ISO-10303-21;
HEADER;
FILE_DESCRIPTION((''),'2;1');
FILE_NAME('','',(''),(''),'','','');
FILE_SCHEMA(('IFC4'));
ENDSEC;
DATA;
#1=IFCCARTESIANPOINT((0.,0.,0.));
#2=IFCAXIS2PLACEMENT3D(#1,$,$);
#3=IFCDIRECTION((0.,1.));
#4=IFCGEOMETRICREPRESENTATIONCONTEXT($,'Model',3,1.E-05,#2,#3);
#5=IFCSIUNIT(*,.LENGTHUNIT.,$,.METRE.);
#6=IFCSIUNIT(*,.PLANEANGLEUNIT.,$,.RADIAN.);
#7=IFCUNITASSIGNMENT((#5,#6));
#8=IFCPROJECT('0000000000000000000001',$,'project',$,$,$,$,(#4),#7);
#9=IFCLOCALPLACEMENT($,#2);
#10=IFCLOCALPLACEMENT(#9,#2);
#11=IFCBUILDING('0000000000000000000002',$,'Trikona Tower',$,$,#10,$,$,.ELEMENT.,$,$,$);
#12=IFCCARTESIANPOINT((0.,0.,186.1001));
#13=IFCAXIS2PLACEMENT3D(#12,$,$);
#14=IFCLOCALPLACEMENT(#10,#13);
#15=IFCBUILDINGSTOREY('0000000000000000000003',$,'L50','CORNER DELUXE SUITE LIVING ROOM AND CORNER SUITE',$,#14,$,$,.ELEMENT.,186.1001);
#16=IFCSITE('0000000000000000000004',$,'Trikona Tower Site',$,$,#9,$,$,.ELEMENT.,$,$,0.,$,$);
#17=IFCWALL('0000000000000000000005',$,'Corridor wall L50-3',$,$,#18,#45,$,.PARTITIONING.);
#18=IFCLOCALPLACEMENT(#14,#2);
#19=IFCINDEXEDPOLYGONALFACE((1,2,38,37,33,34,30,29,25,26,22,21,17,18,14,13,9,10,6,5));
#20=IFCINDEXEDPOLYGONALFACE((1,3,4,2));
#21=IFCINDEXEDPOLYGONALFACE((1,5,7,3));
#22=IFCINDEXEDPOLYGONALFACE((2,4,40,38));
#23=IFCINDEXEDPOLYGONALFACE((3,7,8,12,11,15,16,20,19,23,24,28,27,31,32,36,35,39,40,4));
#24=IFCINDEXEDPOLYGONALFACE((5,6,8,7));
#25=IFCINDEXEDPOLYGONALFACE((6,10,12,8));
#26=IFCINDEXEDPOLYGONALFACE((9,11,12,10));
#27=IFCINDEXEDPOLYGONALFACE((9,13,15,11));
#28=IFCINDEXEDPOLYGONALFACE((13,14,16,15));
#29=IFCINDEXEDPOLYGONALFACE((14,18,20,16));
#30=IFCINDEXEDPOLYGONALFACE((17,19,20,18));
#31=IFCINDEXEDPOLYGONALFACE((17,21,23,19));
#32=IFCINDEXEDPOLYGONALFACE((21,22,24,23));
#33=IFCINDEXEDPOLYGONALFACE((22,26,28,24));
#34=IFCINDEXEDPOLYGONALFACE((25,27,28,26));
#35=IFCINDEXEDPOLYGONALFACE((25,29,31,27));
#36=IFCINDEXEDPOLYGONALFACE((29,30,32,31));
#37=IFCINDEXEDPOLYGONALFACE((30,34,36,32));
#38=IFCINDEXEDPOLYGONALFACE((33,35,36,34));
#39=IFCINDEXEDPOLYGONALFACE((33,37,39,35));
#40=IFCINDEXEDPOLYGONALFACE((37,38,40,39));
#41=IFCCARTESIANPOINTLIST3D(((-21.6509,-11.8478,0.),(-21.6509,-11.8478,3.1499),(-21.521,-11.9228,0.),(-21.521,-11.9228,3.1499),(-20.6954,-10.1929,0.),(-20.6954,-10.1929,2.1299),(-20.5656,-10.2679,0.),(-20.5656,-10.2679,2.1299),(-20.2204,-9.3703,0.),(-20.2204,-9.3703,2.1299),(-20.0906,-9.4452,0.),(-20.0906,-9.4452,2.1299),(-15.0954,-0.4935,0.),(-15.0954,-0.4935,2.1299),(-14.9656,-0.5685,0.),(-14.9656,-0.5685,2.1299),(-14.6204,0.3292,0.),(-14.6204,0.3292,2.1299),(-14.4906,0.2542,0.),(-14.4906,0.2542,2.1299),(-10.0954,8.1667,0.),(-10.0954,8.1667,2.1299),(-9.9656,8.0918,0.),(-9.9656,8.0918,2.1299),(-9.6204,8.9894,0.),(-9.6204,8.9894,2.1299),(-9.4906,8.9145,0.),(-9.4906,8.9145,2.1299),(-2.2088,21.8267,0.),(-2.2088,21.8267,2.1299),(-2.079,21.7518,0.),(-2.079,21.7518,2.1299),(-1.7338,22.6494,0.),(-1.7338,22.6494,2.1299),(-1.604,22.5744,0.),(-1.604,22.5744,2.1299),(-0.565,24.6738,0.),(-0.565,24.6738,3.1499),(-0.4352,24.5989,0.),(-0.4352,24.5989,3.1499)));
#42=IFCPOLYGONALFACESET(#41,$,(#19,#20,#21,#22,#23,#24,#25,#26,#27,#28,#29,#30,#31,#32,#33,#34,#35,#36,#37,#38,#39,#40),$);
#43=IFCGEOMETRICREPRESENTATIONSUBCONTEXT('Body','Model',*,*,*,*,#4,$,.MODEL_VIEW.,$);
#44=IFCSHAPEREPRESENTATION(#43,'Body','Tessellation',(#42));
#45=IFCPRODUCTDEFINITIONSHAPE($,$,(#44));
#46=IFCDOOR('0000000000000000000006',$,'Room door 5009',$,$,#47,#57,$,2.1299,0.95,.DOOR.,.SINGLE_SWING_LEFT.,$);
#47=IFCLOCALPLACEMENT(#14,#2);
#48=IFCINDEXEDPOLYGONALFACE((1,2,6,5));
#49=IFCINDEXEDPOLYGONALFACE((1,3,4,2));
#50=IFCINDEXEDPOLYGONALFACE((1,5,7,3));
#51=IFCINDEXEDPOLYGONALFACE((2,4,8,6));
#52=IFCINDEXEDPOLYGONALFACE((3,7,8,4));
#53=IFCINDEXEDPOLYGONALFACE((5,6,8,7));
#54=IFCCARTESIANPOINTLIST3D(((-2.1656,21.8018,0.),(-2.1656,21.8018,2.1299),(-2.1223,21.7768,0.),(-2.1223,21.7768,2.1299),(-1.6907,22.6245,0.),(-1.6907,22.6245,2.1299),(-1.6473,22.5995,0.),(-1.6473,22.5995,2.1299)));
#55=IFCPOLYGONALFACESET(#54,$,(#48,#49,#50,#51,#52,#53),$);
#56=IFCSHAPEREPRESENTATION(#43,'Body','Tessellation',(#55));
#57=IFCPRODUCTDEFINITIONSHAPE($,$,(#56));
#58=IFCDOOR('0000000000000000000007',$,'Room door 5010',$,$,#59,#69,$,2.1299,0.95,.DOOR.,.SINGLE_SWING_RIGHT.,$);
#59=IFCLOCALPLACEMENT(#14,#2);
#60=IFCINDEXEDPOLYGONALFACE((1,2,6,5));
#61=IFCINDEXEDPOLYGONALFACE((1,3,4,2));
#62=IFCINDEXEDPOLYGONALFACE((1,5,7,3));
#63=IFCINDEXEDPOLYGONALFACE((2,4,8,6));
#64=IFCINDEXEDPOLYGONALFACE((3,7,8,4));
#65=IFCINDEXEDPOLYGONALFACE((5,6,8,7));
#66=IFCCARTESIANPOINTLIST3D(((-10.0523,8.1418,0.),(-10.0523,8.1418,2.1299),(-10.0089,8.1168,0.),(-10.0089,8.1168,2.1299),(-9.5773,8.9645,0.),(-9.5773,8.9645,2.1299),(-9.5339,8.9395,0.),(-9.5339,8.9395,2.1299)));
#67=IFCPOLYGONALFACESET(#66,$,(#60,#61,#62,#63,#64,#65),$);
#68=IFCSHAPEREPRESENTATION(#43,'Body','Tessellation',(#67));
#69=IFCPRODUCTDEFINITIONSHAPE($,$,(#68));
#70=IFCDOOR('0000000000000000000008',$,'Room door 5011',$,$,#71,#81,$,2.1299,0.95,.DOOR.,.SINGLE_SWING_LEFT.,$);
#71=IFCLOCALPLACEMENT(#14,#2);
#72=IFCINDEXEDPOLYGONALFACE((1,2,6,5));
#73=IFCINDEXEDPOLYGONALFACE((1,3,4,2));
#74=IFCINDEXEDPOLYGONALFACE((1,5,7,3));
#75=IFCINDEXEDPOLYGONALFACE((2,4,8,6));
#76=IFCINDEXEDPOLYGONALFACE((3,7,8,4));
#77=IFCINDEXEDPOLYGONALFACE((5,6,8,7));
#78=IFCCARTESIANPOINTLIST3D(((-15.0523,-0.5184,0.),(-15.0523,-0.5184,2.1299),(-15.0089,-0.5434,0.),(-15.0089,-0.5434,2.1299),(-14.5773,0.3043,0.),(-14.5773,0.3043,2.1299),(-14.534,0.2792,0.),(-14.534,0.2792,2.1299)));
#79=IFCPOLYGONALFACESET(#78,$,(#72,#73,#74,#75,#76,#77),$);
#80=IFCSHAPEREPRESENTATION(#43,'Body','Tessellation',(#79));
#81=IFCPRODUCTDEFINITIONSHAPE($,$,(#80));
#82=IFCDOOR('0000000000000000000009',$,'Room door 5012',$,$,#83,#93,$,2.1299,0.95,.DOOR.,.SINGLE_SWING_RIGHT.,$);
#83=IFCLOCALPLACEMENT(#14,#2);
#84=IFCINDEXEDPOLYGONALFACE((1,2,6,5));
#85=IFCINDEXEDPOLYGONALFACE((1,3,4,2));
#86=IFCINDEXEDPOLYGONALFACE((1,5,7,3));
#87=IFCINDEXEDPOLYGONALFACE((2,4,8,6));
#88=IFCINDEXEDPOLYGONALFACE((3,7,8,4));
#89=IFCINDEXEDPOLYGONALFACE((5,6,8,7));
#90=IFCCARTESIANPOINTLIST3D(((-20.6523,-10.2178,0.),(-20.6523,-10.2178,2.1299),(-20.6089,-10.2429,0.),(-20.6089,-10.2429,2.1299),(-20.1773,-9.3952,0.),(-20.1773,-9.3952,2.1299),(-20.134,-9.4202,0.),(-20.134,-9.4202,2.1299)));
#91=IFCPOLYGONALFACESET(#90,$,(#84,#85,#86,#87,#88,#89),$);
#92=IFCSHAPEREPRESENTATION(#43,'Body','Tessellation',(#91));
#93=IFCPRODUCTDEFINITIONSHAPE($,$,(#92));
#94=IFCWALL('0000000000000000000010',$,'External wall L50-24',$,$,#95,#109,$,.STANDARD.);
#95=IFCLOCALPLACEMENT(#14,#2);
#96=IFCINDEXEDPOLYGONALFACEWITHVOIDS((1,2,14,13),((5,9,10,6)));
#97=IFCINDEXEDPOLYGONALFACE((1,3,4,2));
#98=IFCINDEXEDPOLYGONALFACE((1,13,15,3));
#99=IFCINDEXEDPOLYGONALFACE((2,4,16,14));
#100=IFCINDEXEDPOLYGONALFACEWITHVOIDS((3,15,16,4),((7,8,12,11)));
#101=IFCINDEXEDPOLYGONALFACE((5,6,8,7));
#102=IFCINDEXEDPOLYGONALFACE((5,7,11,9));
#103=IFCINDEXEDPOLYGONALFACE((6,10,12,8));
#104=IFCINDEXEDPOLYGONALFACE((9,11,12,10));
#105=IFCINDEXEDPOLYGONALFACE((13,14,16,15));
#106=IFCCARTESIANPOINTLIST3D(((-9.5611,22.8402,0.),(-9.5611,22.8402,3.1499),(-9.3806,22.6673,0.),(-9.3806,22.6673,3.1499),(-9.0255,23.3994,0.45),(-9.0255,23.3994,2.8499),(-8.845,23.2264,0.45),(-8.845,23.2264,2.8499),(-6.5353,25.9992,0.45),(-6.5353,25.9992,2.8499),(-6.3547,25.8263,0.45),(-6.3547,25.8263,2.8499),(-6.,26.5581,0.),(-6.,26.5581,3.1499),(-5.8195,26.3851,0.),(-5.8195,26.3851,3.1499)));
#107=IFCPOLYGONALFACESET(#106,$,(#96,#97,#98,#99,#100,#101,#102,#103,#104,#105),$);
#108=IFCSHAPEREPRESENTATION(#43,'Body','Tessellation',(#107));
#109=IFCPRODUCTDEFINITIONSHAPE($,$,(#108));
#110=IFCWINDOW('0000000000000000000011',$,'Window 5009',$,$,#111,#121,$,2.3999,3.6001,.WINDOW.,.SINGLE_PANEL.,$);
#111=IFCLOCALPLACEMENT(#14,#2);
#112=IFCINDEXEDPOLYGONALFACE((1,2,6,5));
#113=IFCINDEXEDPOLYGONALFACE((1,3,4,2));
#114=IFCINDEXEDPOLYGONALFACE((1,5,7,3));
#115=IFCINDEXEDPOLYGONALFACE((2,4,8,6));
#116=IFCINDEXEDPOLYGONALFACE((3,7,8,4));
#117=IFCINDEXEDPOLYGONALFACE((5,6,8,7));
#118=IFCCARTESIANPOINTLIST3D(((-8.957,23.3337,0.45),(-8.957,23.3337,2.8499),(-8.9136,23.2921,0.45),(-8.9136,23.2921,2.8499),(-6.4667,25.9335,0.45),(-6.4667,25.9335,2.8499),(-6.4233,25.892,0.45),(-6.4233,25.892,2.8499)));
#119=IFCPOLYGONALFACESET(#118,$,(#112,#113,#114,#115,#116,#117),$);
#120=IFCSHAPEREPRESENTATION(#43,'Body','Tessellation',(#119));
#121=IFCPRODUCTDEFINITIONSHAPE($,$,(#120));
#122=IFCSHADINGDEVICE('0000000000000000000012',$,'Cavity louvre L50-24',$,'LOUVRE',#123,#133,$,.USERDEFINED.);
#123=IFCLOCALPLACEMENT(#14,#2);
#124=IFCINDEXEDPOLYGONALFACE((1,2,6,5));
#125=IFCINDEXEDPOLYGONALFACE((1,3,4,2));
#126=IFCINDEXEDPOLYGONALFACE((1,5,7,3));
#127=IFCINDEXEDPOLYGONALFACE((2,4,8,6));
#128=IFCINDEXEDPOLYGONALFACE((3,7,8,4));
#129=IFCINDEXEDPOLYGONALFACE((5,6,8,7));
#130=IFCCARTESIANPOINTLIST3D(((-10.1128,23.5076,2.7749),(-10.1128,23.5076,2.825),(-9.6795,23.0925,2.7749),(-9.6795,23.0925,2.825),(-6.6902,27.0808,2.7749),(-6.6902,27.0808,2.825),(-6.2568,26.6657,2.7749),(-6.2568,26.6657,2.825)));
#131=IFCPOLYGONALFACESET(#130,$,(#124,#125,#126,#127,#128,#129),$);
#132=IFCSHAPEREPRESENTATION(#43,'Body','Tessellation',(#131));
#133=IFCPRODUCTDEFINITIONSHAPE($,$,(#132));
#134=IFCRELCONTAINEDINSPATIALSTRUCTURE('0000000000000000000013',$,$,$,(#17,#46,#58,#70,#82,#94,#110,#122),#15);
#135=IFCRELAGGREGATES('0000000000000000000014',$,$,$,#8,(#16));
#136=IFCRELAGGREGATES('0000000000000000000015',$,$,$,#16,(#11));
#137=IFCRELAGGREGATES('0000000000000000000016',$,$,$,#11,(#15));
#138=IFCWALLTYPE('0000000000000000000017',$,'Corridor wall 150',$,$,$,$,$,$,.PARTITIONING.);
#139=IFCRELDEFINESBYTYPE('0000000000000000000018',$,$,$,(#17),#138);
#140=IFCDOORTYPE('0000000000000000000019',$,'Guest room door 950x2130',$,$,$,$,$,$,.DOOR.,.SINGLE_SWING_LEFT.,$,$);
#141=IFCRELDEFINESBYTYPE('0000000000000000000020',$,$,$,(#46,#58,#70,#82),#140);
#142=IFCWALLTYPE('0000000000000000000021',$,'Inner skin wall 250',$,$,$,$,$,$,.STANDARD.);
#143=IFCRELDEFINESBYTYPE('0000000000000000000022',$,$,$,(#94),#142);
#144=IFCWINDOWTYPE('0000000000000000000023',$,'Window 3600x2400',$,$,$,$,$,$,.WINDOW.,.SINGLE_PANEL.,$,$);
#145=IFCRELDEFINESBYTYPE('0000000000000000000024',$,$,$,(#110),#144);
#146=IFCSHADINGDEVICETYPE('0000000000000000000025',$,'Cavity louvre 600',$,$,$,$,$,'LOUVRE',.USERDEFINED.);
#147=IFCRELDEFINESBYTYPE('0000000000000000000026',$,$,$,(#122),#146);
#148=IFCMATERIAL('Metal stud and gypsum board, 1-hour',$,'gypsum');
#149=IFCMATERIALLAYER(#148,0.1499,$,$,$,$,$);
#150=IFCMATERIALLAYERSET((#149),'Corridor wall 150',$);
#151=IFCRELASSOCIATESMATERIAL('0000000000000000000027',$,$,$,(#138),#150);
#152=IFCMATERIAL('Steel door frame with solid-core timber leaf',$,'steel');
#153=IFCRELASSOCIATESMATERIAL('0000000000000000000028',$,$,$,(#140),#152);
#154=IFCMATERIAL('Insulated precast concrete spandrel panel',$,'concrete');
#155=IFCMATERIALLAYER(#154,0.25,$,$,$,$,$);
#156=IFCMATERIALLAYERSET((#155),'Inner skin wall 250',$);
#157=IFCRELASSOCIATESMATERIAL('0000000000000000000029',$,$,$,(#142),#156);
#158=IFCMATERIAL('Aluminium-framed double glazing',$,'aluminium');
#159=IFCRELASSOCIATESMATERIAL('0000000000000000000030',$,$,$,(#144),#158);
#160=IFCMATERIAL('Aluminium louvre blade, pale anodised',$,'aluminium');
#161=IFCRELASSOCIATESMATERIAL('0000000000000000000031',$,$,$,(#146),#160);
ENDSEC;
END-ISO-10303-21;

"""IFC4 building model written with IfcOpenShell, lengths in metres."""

from ifc_helpers import new_model, si_unit, direction, frame, frame_2d, origin, origin_2d, place, context, subcontext, project, spatial, rectangle, extrude, material, layer, layer_set, type_object, element, fill, save


model = new_model("IFC4")

# Units and contexts
model_context = context("Model", 3, precision=1e-05, world=origin(), true_north=direction((0.0, 1.0)))
body_context = subcontext(model_context, "Body", "Model", "MODEL_VIEW")
ifc_project = project(units=[si_unit("LENGTHUNIT", "METRE"), si_unit("PLANEANGLEUNIT", "RADIAN")], contexts=[model_context])

# Site, building, storey
site_placement = place(None, origin())
site = spatial("IfcSite", under=ifc_project, at=site_placement, Name="Trikona Tower Site", CompositionType="ELEMENT", RefElevation=0.0)
building_placement = place(site_placement, origin())
building = spatial("IfcBuilding", under=site, at=building_placement, Name="Trikona Tower", CompositionType="ELEMENT")
storey_placement = place(building_placement, frame((0.0, 0.0, 186.1001)))
storey = spatial("IfcBuildingStorey", under=building, at=storey_placement, Name="L50", Description="CORNER DELUXE SUITE LIVING ROOM AND CORNER SUITE", CompositionType="ELEMENT", Elevation=186.1001)

# Wall, openings, doors
ifc_material_1 = material(Name="Metal stud and gypsum board, 1-hour", Category="gypsum")
ifc_layer_1 = layer(ifc_material_1, 0.1499)
ifc_layer_set_1 = layer_set([ifc_layer_1], Name="Corridor wall 150")
wall_type_1 = type_object("IfcWallType", Name="Corridor wall 150", PredefinedType="PARTITIONING", material=ifc_layer_set_1)
wall_1_placement = place(storey_placement, frame((-0.5, 24.6365, 0.0), z_axis=(0.0, 0.0, 1.0), x_axis=(-0.500002, -0.866024, 0.0)))
wall_1 = element("IfcWall", 1, at=wall_1_placement, inside=storey, type_object=wall_type_1, Name="Corridor wall L50-3", PredefinedType="PARTITIONING", context=body_context, shape_type="SweptSolid", body=[
    extrude(rectangle(XDim=42.1716, YDim=0.1499, at=frame_2d((21.0859, 0.0))), origin(), (0.0, 0.0, 1.0), 3.1499),
])
opening_1_placement = place(wall_1_placement, frame((2.3376, 0.0, 0.0)))
opening_1 = element("IfcOpeningElement", 2, at=opening_1_placement, cuts=wall_1, PredefinedType="OPENING", context=body_context, shape_type="SweptSolid", body=[
    extrude(rectangle(XDim=0.95, YDim=2.1299, at=frame_2d((0.4751, 1.0649))), frame((0.0, 0.085, 0.0), z_axis=(0.0, -1.0, 0.0), x_axis=(1.0, 0.0, 0.0)), (0.0, 0.0, 1.0), 0.1699),
])
opening_2_placement = place(wall_1_placement, frame((18.1108, 0.0, 0.0)))
opening_2 = element("IfcOpeningElement", 3, at=opening_2_placement, cuts=wall_1, PredefinedType="OPENING", context=body_context, shape_type="SweptSolid", body=[
    extrude(rectangle(XDim=0.95, YDim=2.1299, at=frame_2d((0.4751, 1.0649))), frame((0.0, 0.085, 0.0), z_axis=(0.0, -1.0, 0.0), x_axis=(1.0, 0.0, 0.0)), (0.0, 0.0, 1.0), 0.1699),
])
opening_3_placement = place(wall_1_placement, frame((28.1108, 0.0, 0.0)))
opening_3 = element("IfcOpeningElement", 4, at=opening_3_placement, cuts=wall_1, PredefinedType="OPENING", context=body_context, shape_type="SweptSolid", body=[
    extrude(rectangle(XDim=0.95, YDim=2.1299, at=frame_2d((0.4751, 1.0649))), frame((0.0, 0.085, 0.0), z_axis=(0.0, -1.0, 0.0), x_axis=(1.0, 0.0, 0.0)), (0.0, 0.0, 1.0), 0.1699),
])
opening_4_placement = place(wall_1_placement, frame((39.3108, 0.0, 0.0)))
opening_4 = element("IfcOpeningElement", 5, at=opening_4_placement, cuts=wall_1, PredefinedType="OPENING", context=body_context, shape_type="SweptSolid", body=[
    extrude(rectangle(XDim=0.95, YDim=2.1299, at=frame_2d((0.4751, 1.0649))), frame((0.0, 0.085, 0.0), z_axis=(0.0, -1.0, 0.0), x_axis=(1.0, 0.0, 0.0)), (0.0, 0.0, 1.0), 0.1699),
])
ifc_material_2 = material(Name="Steel door frame with solid-core timber leaf", Category="steel")
door_type = type_object("IfcDoorType", Name="Guest room door 950x2130", OperationType="SINGLE_SWING_LEFT", PredefinedType="DOOR", material=ifc_material_2)
door_1_placement = place(opening_1_placement, origin())
door_1 = element("IfcDoor", 6, at=door_1_placement, inside=storey, type_object=door_type, Name="Room door 5009", OperationType="SINGLE_SWING_LEFT", OverallHeight=2.1299, OverallWidth=0.95, PredefinedType="DOOR", context=body_context, shape_type="SweptSolid", body=[
    extrude(rectangle(XDim=0.95, YDim=2.1299, at=frame_2d((0.4751, 1.0649))), frame((0.0, 0.0249, 0.0), z_axis=(0.0, -1.0, 0.0), x_axis=(1.0, 0.0, 0.0)), (0.0, 0.0, 1.0), 0.05),
])
fill(opening_1, door_1)
door_2_placement = place(opening_2_placement, origin())
door_2 = element("IfcDoor", 7, at=door_2_placement, inside=storey, type_object=door_type, Name="Room door 5010", OperationType="SINGLE_SWING_RIGHT", OverallHeight=2.1299, OverallWidth=0.95, PredefinedType="DOOR", context=body_context, shape_type="SweptSolid", body=[
    extrude(rectangle(XDim=0.95, YDim=2.1299, at=frame_2d((0.4751, 1.0649))), frame((0.0, 0.0249, 0.0), z_axis=(0.0, -1.0, 0.0), x_axis=(1.0, 0.0, 0.0)), (0.0, 0.0, 1.0), 0.05),
])
fill(opening_2, door_2)
door_3_placement = place(opening_3_placement, origin())
door_3 = element("IfcDoor", 8, at=door_3_placement, inside=storey, type_object=door_type, Name="Room door 5011", OperationType="SINGLE_SWING_LEFT", OverallHeight=2.1299, OverallWidth=0.95, PredefinedType="DOOR", context=body_context, shape_type="SweptSolid", body=[
    extrude(rectangle(XDim=0.95, YDim=2.1299, at=frame_2d((0.4751, 1.0649))), frame((0.0, 0.0249, 0.0), z_axis=(0.0, -1.0, 0.0), x_axis=(1.0, 0.0, 0.0)), (0.0, 0.0, 1.0), 0.05),
])
fill(opening_3, door_3)
door_4_placement = place(opening_4_placement, origin())
door_4 = element("IfcDoor", 9, at=door_4_placement, inside=storey, type_object=door_type, Name="Room door 5012", OperationType="SINGLE_SWING_RIGHT", OverallHeight=2.1299, OverallWidth=0.95, PredefinedType="DOOR", context=body_context, shape_type="SweptSolid", body=[
    extrude(rectangle(XDim=0.95, YDim=2.1299, at=frame_2d((0.4751, 1.0649))), frame((0.0, 0.0249, 0.0), z_axis=(0.0, -1.0, 0.0), x_axis=(1.0, 0.0, 0.0)), (0.0, 0.0, 1.0), 0.05),
])
fill(opening_4, door_4)

# Wall, opening, window
ifc_material_3 = material(Name="Insulated precast concrete spandrel panel", Category="concrete")
ifc_layer_2 = layer(ifc_material_3, 0.25)
ifc_layer_set_2 = layer_set([ifc_layer_2], Name="Inner skin wall 250")
wall_type_2 = type_object("IfcWallType", Name="Inner skin wall 250", PredefinedType="STANDARD", material=ifc_layer_set_2)
wall_2_placement = place(storey_placement, frame((-5.9097, 26.4717, 0.0), z_axis=(0.0, 0.0, 1.0), x_axis=(-0.69172, -0.722166, 0.0)))
wall_2 = element("IfcWall", 10, at=wall_2_placement, inside=storey, type_object=wall_type_2, Name="External wall L50-24", PredefinedType="STANDARD", context=body_context, shape_type="SweptSolid", body=[
    extrude(rectangle(XDim=5.1482, YDim=0.25, at=frame_2d((2.5742, 0.0))), origin(), (0.0, 0.0, 1.0), 3.1499),
])
opening_5_placement = place(wall_2_placement, frame((0.7739, 0.0, 0.45)))
opening_5 = element("IfcOpeningElement", 11, at=opening_5_placement, cuts=wall_2, PredefinedType="OPENING", context=body_context, shape_type="SweptSolid", body=[
    extrude(rectangle(XDim=3.6001, YDim=2.3999, at=frame_2d((1.8, 1.2))), frame((0.0, 0.135, 0.0), z_axis=(0.0, -1.0, 0.0), x_axis=(1.0, 0.0, 0.0)), (0.0, 0.0, 1.0), 0.27),
])
ifc_material_4 = material(Name="Aluminium-framed double glazing", Category="aluminium")
window_type_1 = type_object("IfcWindowType", Name="Window 3600x2400", PartitioningType="SINGLE_PANEL", PredefinedType="WINDOW", material=ifc_material_4)
window_1_placement = place(opening_5_placement, origin())
window_1 = element("IfcWindow", 12, at=window_1_placement, inside=storey, type_object=window_type_1, Name="Window 5009", OverallHeight=2.3999, OverallWidth=3.6001, PartitioningType="SINGLE_PANEL", PredefinedType="WINDOW", context=body_context, shape_type="SweptSolid", body=[
    extrude(rectangle(XDim=3.6001, YDim=2.3999, at=frame_2d((1.8, 1.2))), frame((0.0, 0.03, 0.0), z_axis=(0.0, -1.0, 0.0), x_axis=(1.0, 0.0, 0.0)), (0.0, 0.0, 1.0), 0.0601),
])
fill(opening_5, window_1)

# Shading device
ifc_material_5 = material(Name="Aluminium louvre blade, pale anodised", Category="aluminium")
shading_device_type = type_object("IfcShadingDeviceType", Name="Cavity louvre 600", ElementType="LOUVRE", PredefinedType="USERDEFINED", material=ifc_material_5)
shading_device_placement = place(storey_placement, frame((-8.1848, 25.0867, 2.7749), z_axis=(0.0, 0.0, 1.0), x_axis=(-0.691724, -0.722162, 0.0)))
element("IfcShadingDevice", 13, at=shading_device_placement, inside=storey, type_object=shading_device_type, Name="Cavity louvre L50-24", ObjectType="LOUVRE", PredefinedType="USERDEFINED", context=body_context, shape_type="SweptSolid", body=[
    extrude(rectangle(XDim=4.948, YDim=0.6001, at=origin_2d()), origin(), (0.0, 0.0, 1.0), 0.05),
])

save(model, "model.ifc")
